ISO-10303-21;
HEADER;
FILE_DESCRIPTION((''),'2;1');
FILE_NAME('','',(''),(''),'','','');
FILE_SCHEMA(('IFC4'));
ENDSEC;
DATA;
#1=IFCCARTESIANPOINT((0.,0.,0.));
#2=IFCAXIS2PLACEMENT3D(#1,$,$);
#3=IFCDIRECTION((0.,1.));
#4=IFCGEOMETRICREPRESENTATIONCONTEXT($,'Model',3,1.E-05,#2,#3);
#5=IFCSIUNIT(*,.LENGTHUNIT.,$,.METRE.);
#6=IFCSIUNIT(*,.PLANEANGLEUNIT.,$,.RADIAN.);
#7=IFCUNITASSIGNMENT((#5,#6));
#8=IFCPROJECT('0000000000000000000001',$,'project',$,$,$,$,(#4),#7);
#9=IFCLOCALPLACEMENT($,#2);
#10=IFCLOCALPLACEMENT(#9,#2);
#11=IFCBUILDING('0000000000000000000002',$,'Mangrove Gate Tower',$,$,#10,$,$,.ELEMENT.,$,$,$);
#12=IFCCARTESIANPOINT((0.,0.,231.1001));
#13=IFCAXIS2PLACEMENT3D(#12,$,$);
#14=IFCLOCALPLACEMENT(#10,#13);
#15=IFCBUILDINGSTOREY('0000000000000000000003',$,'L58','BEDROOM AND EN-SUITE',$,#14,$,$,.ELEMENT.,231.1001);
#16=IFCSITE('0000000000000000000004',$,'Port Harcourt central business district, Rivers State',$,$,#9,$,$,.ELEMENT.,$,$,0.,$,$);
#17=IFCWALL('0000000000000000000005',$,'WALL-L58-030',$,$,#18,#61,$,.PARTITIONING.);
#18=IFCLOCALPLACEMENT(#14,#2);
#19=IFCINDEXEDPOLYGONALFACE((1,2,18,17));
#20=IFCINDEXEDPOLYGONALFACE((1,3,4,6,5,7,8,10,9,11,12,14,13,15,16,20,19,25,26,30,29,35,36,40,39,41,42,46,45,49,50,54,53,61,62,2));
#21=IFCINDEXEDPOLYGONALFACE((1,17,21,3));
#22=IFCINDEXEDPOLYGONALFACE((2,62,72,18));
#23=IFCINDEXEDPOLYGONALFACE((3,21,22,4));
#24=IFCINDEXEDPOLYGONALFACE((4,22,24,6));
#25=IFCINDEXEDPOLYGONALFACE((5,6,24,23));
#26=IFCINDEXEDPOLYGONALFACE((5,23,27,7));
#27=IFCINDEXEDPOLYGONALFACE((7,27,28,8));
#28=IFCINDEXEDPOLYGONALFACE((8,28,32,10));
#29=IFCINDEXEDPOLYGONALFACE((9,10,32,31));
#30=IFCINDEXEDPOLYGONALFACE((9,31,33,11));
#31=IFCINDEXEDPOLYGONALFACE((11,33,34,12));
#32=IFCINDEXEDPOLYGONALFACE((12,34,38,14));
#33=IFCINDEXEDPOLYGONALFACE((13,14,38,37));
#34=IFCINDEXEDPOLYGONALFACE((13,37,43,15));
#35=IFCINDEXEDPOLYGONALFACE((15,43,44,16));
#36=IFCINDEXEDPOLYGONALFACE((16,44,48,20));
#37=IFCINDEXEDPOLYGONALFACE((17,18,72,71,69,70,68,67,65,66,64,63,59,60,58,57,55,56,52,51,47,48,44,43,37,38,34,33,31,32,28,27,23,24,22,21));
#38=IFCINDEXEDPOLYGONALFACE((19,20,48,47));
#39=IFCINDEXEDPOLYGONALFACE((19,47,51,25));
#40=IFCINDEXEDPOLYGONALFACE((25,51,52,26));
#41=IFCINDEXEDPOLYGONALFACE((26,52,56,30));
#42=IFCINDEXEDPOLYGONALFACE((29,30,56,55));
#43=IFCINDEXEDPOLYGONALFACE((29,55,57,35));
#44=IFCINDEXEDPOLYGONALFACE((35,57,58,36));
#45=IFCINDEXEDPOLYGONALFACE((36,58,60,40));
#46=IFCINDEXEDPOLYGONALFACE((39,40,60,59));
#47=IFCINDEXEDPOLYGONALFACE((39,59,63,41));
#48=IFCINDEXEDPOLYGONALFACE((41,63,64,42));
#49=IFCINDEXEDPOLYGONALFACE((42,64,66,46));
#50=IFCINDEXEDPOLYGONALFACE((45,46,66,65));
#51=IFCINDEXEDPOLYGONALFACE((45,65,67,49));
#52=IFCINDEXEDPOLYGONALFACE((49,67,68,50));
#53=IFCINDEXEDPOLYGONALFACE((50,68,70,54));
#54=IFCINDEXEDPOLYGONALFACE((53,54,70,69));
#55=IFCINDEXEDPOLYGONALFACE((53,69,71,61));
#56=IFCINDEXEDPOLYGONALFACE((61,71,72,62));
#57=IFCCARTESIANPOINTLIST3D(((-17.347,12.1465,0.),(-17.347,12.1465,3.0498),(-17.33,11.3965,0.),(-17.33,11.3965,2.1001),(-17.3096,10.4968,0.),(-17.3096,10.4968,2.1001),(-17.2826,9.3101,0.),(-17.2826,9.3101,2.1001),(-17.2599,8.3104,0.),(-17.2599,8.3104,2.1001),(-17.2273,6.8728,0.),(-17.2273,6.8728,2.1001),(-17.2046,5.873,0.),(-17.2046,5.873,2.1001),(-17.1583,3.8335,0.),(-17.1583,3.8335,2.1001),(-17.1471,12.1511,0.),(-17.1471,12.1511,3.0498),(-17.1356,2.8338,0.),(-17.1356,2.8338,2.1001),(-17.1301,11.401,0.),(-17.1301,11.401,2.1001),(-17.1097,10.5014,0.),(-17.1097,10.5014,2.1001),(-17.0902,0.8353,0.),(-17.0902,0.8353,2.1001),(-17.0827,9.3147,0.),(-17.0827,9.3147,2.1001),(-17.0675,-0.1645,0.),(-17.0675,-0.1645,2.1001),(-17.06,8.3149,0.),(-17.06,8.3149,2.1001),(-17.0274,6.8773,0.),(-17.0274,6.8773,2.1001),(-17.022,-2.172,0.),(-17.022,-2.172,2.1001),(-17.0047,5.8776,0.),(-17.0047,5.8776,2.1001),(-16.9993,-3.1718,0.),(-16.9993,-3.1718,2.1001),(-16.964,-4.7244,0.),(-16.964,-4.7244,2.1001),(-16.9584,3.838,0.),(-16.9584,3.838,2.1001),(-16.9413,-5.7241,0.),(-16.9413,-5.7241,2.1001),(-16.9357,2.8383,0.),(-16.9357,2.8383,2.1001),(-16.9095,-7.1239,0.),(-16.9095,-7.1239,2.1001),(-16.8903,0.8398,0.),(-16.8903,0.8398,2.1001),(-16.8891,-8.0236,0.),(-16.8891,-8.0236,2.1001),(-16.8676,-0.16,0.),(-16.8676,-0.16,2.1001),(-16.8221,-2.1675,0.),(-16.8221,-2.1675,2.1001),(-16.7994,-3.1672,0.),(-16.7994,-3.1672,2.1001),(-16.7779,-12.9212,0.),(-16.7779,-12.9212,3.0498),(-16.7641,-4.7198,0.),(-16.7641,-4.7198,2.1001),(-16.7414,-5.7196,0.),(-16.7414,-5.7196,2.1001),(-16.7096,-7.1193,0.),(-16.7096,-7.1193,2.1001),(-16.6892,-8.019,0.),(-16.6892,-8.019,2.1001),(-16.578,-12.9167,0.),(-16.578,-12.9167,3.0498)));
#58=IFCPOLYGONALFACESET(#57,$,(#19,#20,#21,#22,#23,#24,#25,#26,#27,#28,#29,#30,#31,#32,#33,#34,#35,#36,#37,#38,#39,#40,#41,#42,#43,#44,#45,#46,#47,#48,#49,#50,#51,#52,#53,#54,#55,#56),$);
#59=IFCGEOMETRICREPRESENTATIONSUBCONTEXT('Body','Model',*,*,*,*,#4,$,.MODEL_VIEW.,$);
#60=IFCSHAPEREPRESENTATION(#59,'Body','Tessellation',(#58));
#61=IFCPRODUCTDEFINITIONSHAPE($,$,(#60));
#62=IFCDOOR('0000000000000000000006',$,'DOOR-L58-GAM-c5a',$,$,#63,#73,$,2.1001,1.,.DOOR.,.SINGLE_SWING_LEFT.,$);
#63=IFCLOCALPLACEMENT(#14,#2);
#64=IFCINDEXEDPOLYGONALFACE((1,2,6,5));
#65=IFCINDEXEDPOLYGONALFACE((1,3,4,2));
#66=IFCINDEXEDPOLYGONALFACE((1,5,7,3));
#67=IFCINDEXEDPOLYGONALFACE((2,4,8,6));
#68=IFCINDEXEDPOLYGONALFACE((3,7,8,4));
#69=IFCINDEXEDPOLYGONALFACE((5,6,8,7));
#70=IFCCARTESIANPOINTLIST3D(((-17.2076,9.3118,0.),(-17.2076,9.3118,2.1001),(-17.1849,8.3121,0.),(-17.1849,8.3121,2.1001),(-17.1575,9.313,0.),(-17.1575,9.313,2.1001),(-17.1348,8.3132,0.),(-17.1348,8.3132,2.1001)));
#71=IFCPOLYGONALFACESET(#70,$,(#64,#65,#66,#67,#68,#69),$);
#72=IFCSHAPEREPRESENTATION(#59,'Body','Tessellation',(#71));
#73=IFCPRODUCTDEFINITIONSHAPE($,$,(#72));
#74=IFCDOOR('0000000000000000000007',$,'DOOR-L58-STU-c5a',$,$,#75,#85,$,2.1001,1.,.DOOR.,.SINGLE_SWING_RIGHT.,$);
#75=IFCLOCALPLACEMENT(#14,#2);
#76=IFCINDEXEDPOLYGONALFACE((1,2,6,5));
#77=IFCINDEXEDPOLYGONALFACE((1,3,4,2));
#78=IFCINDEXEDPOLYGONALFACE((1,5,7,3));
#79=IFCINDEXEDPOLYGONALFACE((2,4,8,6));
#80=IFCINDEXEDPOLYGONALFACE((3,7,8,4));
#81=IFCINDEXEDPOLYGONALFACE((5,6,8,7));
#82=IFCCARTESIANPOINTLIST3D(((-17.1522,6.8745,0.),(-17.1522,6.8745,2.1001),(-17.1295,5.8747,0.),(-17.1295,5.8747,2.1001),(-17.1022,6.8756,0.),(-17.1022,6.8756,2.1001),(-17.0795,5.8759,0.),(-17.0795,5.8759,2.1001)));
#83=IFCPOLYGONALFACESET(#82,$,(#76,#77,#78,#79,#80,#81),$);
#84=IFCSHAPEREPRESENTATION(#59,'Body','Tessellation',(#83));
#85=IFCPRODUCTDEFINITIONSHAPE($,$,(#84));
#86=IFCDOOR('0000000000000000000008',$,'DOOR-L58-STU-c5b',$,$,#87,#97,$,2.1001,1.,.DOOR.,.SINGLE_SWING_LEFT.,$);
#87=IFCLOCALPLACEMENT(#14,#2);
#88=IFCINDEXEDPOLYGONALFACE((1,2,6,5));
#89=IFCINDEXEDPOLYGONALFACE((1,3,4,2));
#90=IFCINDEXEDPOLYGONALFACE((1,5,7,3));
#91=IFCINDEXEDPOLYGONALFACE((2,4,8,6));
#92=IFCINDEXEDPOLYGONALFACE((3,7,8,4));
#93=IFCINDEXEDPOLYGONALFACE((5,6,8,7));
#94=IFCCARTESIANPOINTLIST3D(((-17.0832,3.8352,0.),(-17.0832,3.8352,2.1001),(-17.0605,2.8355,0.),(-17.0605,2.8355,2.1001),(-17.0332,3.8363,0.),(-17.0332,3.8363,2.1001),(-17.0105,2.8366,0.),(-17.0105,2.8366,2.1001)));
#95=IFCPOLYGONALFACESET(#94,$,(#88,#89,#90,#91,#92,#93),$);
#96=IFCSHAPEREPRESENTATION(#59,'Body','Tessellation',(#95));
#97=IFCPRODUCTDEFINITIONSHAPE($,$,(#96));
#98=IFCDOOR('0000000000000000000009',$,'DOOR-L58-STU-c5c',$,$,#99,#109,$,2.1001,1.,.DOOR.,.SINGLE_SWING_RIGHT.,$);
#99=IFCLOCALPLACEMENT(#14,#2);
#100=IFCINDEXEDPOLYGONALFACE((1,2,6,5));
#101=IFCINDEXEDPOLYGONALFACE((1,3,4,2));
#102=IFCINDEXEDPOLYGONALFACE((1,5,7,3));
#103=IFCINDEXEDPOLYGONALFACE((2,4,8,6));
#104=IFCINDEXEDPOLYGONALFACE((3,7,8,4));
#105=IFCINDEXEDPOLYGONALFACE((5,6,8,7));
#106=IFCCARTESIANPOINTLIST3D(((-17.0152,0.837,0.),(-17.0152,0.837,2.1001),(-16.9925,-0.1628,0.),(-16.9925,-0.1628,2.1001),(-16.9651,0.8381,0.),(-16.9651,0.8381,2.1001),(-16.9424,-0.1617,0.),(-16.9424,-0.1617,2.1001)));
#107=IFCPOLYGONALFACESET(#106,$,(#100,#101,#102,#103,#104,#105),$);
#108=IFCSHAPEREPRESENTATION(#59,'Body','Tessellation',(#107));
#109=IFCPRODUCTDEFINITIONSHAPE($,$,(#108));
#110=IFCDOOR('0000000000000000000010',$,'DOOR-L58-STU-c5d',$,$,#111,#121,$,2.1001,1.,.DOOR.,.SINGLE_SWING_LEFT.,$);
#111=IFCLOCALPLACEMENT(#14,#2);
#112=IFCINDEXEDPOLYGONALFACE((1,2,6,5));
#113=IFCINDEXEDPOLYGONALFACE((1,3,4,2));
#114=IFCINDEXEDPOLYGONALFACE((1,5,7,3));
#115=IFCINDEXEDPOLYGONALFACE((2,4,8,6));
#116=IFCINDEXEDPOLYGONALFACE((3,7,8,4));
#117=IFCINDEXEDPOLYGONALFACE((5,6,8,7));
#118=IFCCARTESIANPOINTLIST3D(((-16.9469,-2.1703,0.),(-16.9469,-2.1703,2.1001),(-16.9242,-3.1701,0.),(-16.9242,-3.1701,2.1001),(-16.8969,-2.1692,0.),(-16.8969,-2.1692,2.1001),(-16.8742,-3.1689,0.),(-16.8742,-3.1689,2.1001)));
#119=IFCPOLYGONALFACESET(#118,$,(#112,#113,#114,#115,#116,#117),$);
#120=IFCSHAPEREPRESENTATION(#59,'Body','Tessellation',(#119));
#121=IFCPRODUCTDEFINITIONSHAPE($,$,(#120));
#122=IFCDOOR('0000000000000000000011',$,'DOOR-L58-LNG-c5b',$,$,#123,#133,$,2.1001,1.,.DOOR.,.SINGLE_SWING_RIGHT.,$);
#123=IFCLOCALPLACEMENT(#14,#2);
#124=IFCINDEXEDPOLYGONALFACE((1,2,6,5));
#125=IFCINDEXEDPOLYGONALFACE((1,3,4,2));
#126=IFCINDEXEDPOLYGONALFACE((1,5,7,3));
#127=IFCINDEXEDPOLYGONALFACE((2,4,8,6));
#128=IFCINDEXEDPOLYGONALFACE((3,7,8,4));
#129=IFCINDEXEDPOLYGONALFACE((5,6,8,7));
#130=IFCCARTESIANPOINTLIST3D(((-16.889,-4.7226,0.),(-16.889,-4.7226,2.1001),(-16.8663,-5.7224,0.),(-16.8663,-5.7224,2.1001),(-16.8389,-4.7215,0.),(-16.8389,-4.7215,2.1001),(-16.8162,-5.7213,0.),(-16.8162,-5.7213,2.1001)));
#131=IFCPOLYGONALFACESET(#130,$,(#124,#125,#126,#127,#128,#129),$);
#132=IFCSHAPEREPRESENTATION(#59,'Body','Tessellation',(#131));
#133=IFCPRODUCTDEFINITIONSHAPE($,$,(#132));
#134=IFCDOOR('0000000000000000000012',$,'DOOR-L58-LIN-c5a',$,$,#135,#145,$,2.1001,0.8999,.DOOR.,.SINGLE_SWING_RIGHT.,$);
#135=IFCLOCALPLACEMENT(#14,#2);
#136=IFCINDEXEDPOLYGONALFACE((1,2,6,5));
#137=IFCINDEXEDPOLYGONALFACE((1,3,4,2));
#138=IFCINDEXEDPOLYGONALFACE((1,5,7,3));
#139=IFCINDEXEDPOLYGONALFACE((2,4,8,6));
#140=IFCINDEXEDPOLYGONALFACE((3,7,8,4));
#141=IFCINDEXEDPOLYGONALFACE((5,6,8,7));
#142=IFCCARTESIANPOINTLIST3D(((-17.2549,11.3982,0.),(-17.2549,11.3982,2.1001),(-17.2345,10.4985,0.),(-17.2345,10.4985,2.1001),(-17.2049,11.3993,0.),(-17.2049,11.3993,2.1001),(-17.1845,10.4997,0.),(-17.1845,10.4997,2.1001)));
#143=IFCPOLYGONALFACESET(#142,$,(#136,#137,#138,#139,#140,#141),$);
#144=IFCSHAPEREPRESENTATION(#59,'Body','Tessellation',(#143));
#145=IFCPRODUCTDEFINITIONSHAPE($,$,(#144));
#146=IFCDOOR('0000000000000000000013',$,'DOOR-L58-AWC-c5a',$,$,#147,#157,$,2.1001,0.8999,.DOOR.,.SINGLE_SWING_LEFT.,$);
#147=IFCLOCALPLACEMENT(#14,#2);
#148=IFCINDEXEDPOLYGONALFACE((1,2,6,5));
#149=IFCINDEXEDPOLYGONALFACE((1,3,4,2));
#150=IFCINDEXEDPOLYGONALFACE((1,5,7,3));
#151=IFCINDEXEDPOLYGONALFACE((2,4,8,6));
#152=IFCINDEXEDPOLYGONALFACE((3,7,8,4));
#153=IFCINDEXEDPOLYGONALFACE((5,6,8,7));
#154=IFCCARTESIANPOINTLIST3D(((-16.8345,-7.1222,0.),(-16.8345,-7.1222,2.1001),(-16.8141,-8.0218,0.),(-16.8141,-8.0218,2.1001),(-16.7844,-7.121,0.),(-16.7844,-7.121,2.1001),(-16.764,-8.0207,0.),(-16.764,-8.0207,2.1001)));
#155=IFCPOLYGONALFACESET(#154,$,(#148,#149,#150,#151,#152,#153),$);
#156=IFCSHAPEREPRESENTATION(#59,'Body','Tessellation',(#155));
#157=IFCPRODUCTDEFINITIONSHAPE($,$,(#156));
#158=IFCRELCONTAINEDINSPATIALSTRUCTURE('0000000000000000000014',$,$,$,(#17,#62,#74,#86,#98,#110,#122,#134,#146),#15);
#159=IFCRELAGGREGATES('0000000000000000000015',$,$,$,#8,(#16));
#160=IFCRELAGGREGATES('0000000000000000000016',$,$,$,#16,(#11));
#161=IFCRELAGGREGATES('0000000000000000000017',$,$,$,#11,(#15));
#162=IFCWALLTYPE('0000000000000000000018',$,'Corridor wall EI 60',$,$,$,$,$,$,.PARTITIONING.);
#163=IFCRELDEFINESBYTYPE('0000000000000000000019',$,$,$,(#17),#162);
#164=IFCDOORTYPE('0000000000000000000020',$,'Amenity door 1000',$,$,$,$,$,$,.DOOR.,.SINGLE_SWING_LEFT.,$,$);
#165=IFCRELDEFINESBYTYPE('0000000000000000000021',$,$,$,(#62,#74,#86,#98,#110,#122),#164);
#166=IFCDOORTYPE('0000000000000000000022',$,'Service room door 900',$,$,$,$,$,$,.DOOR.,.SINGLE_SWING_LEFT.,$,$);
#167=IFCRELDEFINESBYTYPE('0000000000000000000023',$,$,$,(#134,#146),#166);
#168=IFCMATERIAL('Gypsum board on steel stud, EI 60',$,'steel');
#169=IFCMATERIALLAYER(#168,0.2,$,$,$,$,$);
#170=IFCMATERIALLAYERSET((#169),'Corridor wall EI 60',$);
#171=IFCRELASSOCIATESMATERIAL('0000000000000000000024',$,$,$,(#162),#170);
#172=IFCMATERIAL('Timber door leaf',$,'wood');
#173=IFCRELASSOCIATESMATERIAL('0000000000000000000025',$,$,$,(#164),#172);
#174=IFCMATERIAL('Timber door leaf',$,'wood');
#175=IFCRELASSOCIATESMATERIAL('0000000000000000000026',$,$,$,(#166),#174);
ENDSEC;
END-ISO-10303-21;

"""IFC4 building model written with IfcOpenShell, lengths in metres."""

from ifc_helpers import new_model, si_unit, direction, frame, frame_2d, origin, place, context, subcontext, project, spatial, rectangle, extrude, material, layer, layer_set, type_object, element, fill, save


model = new_model("IFC4")

# Units and contexts
model_context = context("Model", 3, precision=1e-05, world=origin(), true_north=direction((0.0, 1.0)))
body_context = subcontext(model_context, "Body", "Model", "MODEL_VIEW")
ifc_project = project(units=[si_unit("LENGTHUNIT", "METRE"), si_unit("PLANEANGLEUNIT", "RADIAN")], contexts=[model_context])

# Site, building, storey
site_placement = place(None, origin())
site = spatial("IfcSite", under=ifc_project, at=site_placement, Name="Port Harcourt central business district, Rivers State", CompositionType="ELEMENT", RefElevation=0.0)
building_placement = place(site_placement, origin())
building = spatial("IfcBuilding", under=site, at=building_placement, Name="Mangrove Gate Tower", CompositionType="ELEMENT")
storey_placement = place(building_placement, frame((0.0, 0.0, 231.1001)))
storey = spatial("IfcBuildingStorey", under=building, at=storey_placement, Name="L58", Description="BEDROOM AND EN-SUITE", CompositionType="ELEMENT", Elevation=231.1001)

# Shared definitions
ifc_material_1 = material(Name="Gypsum board on steel stud, EI 60", Category="steel")
ifc_layer_1 = layer(ifc_material_1, 0.2)
ifc_layer_set_1 = layer_set([ifc_layer_1], Name="Corridor wall EI 60")
wall_type_1 = type_object("IfcWallType", Name="Corridor wall EI 60", PredefinedType="PARTITIONING", material=ifc_layer_set_1)

# Wall, openings, doors
wall_1_placement = place(storey_placement, frame((-16.678, -12.9189, 0.0), z_axis=(0.0, 0.0, 1.0), x_axis=(-0.022696, 0.999742, 0.0)))
wall_1 = element("IfcWall", 1, at=wall_1_placement, inside=storey, type_object=wall_type_1, Name="WALL-L58-030", PredefinedType="PARTITIONING", context=body_context, shape_type="SweptSolid", body=[
    extrude(rectangle(XDim=25.0742, YDim=0.2, at=frame_2d((12.5371, 0.0))), origin(), (0.0, 0.0, 1.0), 3.0498),
])
opening_1_placement = place(wall_1_placement, frame((21.2371, 0.0, 0.0)))
opening_1 = element("IfcOpeningElement", 2, at=opening_1_placement, cuts=wall_1, PredefinedType="OPENING", context=body_context, shape_type="SweptSolid", body=[
    extrude(rectangle(XDim=1.0, YDim=2.1001, at=frame_2d((0.5, 1.05))), frame((0.0, 0.1099, 0.0), z_axis=(0.0, -1.0, 0.0), x_axis=(1.0, 0.0, 0.0)), (0.0, 0.0, 1.0), 0.22),
])
opening_2_placement = place(wall_1_placement, frame((23.4241, 0.0, 0.0)))
opening_2 = element("IfcOpeningElement", 3, at=opening_2_placement, cuts=wall_1, PredefinedType="OPENING", context=body_context, shape_type="SweptSolid", body=[
    extrude(rectangle(XDim=0.8999, YDim=2.1001, at=frame_2d((0.45, 1.05))), frame((0.0, 0.1099, 0.0), z_axis=(0.0, -1.0, 0.0), x_axis=(1.0, 0.0, 0.0)), (0.0, 0.0, 1.0), 0.22),
])
opening_3_placement = place(wall_1_placement, frame((18.7991, 0.0, 0.0)))
opening_3 = element("IfcOpeningElement", 4, at=opening_3_placement, cuts=wall_1, PredefinedType="OPENING", context=body_context, shape_type="SweptSolid", body=[
    extrude(rectangle(XDim=1.0, YDim=2.1001, at=frame_2d((0.5, 1.05))), frame((0.0, 0.1099, 0.0), z_axis=(0.0, -1.0, 0.0), x_axis=(1.0, 0.0, 0.0)), (0.0, 0.0, 1.0), 0.22),
])
opening_4_placement = place(wall_1_placement, frame((15.759, 0.0, 0.0)))
opening_4 = element("IfcOpeningElement", 5, at=opening_4_placement, cuts=wall_1, PredefinedType="OPENING", context=body_context, shape_type="SweptSolid", body=[
    extrude(rectangle(XDim=1.0, YDim=2.1001, at=frame_2d((0.5, 1.05))), frame((0.0, 0.1099, 0.0), z_axis=(0.0, -1.0, 0.0), x_axis=(1.0, 0.0, 0.0)), (0.0, 0.0, 1.0), 0.22),
])
opening_5_placement = place(wall_1_placement, frame((12.76, 0.0, 0.0)))
opening_5 = element("IfcOpeningElement", 6, at=opening_5_placement, cuts=wall_1, PredefinedType="OPENING", context=body_context, shape_type="SweptSolid", body=[
    extrude(rectangle(XDim=1.0, YDim=2.1001, at=frame_2d((0.5, 1.05))), frame((0.0, 0.1099, 0.0), z_axis=(0.0, -1.0, 0.0), x_axis=(1.0, 0.0, 0.0)), (0.0, 0.0, 1.0), 0.22),
])
opening_6_placement = place(wall_1_placement, frame((9.752, 0.0, 0.0)))
opening_6 = element("IfcOpeningElement", 7, at=opening_6_placement, cuts=wall_1, PredefinedType="OPENING", context=body_context, shape_type="SweptSolid", body=[
    extrude(rectangle(XDim=1.0, YDim=2.1001, at=frame_2d((0.5, 1.05))), frame((0.0, 0.1099, 0.0), z_axis=(0.0, -1.0, 0.0), x_axis=(1.0, 0.0, 0.0)), (0.0, 0.0, 1.0), 0.22),
])
opening_7_placement = place(wall_1_placement, frame((7.199, 0.0, 0.0)))
opening_7 = element("IfcOpeningElement", 8, at=opening_7_placement, cuts=wall_1, PredefinedType="OPENING", context=body_context, shape_type="SweptSolid", body=[
    extrude(rectangle(XDim=1.0, YDim=2.1001, at=frame_2d((0.5, 1.05))), frame((0.0, 0.1099, 0.0), z_axis=(0.0, -1.0, 0.0), x_axis=(1.0, 0.0, 0.0)), (0.0, 0.0, 1.0), 0.22),
])
opening_8_placement = place(wall_1_placement, frame((4.8989, 0.0, 0.0)))
opening_8 = element("IfcOpeningElement", 9, at=opening_8_placement, cuts=wall_1, PredefinedType="OPENING", context=body_context, shape_type="SweptSolid", body=[
    extrude(rectangle(XDim=0.8999, YDim=2.1001, at=frame_2d((0.45, 1.05))), frame((0.0, 0.1099, 0.0), z_axis=(0.0, -1.0, 0.0), x_axis=(1.0, 0.0, 0.0)), (0.0, 0.0, 1.0), 0.22),
])
ifc_material_2 = material(Name="Timber door leaf", Category="wood")
door_type_1 = type_object("IfcDoorType", Name="Amenity door 1000", OperationType="SINGLE_SWING_LEFT", PredefinedType="DOOR", material=ifc_material_2)
door_1_placement = place(opening_1_placement, origin())
door_1 = element("IfcDoor", 10, at=door_1_placement, inside=storey, type_object=door_type_1, Name="DOOR-L58-GAM-c5a", OperationType="SINGLE_SWING_LEFT", OverallHeight=2.1001, OverallWidth=1.0, PredefinedType="DOOR", context=body_context, shape_type="SweptSolid", body=[
    extrude(rectangle(XDim=1.0, YDim=2.1001, at=frame_2d((0.5, 1.05))), frame((0.0, 0.0249, 0.0), z_axis=(0.0, -1.0, 0.0), x_axis=(1.0, 0.0, 0.0)), (0.0, 0.0, 1.0), 0.05),
])
fill(opening_1, door_1)
door_2_placement = place(opening_3_placement, origin())
door_2 = element("IfcDoor", 11, at=door_2_placement, inside=storey, type_object=door_type_1, Name="DOOR-L58-STU-c5a", OperationType="SINGLE_SWING_RIGHT", OverallHeight=2.1001, OverallWidth=1.0, PredefinedType="DOOR", context=body_context, shape_type="SweptSolid", body=[
    extrude(rectangle(XDim=1.0, YDim=2.1001, at=frame_2d((0.5, 1.05))), frame((0.0, 0.0249, 0.0), z_axis=(0.0, -1.0, 0.0), x_axis=(1.0, 0.0, 0.0)), (0.0, 0.0, 1.0), 0.05),
])
fill(opening_3, door_2)
door_3_placement = place(opening_4_placement, origin())
door_3 = element("IfcDoor", 12, at=door_3_placement, inside=storey, type_object=door_type_1, Name="DOOR-L58-STU-c5b", OperationType="SINGLE_SWING_LEFT", OverallHeight=2.1001, OverallWidth=1.0, PredefinedType="DOOR", context=body_context, shape_type="SweptSolid", body=[
    extrude(rectangle(XDim=1.0, YDim=2.1001, at=frame_2d((0.5, 1.05))), frame((0.0, 0.0249, 0.0), z_axis=(0.0, -1.0, 0.0), x_axis=(1.0, 0.0, 0.0)), (0.0, 0.0, 1.0), 0.05),
])
fill(opening_4, door_3)
door_4_placement = place(opening_5_placement, origin())
door_4 = element("IfcDoor", 13, at=door_4_placement, inside=storey, type_object=door_type_1, Name="DOOR-L58-STU-c5c", OperationType="SINGLE_SWING_RIGHT", OverallHeight=2.1001, OverallWidth=1.0, PredefinedType="DOOR", context=body_context, shape_type="SweptSolid", body=[
    extrude(rectangle(XDim=1.0, YDim=2.1001, at=frame_2d((0.5, 1.05))), frame((0.0, 0.0249, 0.0), z_axis=(0.0, -1.0, 0.0), x_axis=(1.0, 0.0, 0.0)), (0.0, 0.0, 1.0), 0.05),
])
fill(opening_5, door_4)
door_5_placement = place(opening_6_placement, origin())
door_5 = element("IfcDoor", 14, at=door_5_placement, inside=storey, type_object=door_type_1, Name="DOOR-L58-STU-c5d", OperationType="SINGLE_SWING_LEFT", OverallHeight=2.1001, OverallWidth=1.0, PredefinedType="DOOR", context=body_context, shape_type="SweptSolid", body=[
    extrude(rectangle(XDim=1.0, YDim=2.1001, at=frame_2d((0.5, 1.05))), frame((0.0, 0.0249, 0.0), z_axis=(0.0, -1.0, 0.0), x_axis=(1.0, 0.0, 0.0)), (0.0, 0.0, 1.0), 0.05),
])
fill(opening_6, door_5)
door_6_placement = place(opening_7_placement, origin())
door_6 = element("IfcDoor", 15, at=door_6_placement, inside=storey, type_object=door_type_1, Name="DOOR-L58-LNG-c5b", OperationType="SINGLE_SWING_RIGHT", OverallHeight=2.1001, OverallWidth=1.0, PredefinedType="DOOR", context=body_context, shape_type="SweptSolid", body=[
    extrude(rectangle(XDim=1.0, YDim=2.1001, at=frame_2d((0.5, 1.05))), frame((0.0, 0.0249, 0.0), z_axis=(0.0, -1.0, 0.0), x_axis=(1.0, 0.0, 0.0)), (0.0, 0.0, 1.0), 0.05),
])
fill(opening_7, door_6)
ifc_material_3 = material(Name="Timber door leaf", Category="wood")
door_type_2 = type_object("IfcDoorType", Name="Service room door 900", OperationType="SINGLE_SWING_LEFT", PredefinedType="DOOR", material=ifc_material_3)
door_7_placement = place(opening_2_placement, origin())
door_7 = element("IfcDoor", 16, at=door_7_placement, inside=storey, type_object=door_type_2, Name="DOOR-L58-LIN-c5a", OperationType="SINGLE_SWING_RIGHT", OverallHeight=2.1001, OverallWidth=0.8999, PredefinedType="DOOR", context=body_context, shape_type="SweptSolid", body=[
    extrude(rectangle(XDim=0.8999, YDim=2.1001, at=frame_2d((0.45, 1.05))), frame((0.0, 0.0249, 0.0), z_axis=(0.0, -1.0, 0.0), x_axis=(1.0, 0.0, 0.0)), (0.0, 0.0, 1.0), 0.05),
])
fill(opening_2, door_7)
door_8_placement = place(opening_8_placement, origin())
door_8 = element("IfcDoor", 17, at=door_8_placement, inside=storey, type_object=door_type_2, Name="DOOR-L58-AWC-c5a", OperationType="SINGLE_SWING_LEFT", OverallHeight=2.1001, OverallWidth=0.8999, PredefinedType="DOOR", context=body_context, shape_type="SweptSolid", body=[
    extrude(rectangle(XDim=0.8999, YDim=2.1001, at=frame_2d((0.45, 1.05))), frame((0.0, 0.0249, 0.0), z_axis=(0.0, -1.0, 0.0), x_axis=(1.0, 0.0, 0.0)), (0.0, 0.0, 1.0), 0.05),
])
fill(opening_8, door_8)

save(model, "model.ifc")
